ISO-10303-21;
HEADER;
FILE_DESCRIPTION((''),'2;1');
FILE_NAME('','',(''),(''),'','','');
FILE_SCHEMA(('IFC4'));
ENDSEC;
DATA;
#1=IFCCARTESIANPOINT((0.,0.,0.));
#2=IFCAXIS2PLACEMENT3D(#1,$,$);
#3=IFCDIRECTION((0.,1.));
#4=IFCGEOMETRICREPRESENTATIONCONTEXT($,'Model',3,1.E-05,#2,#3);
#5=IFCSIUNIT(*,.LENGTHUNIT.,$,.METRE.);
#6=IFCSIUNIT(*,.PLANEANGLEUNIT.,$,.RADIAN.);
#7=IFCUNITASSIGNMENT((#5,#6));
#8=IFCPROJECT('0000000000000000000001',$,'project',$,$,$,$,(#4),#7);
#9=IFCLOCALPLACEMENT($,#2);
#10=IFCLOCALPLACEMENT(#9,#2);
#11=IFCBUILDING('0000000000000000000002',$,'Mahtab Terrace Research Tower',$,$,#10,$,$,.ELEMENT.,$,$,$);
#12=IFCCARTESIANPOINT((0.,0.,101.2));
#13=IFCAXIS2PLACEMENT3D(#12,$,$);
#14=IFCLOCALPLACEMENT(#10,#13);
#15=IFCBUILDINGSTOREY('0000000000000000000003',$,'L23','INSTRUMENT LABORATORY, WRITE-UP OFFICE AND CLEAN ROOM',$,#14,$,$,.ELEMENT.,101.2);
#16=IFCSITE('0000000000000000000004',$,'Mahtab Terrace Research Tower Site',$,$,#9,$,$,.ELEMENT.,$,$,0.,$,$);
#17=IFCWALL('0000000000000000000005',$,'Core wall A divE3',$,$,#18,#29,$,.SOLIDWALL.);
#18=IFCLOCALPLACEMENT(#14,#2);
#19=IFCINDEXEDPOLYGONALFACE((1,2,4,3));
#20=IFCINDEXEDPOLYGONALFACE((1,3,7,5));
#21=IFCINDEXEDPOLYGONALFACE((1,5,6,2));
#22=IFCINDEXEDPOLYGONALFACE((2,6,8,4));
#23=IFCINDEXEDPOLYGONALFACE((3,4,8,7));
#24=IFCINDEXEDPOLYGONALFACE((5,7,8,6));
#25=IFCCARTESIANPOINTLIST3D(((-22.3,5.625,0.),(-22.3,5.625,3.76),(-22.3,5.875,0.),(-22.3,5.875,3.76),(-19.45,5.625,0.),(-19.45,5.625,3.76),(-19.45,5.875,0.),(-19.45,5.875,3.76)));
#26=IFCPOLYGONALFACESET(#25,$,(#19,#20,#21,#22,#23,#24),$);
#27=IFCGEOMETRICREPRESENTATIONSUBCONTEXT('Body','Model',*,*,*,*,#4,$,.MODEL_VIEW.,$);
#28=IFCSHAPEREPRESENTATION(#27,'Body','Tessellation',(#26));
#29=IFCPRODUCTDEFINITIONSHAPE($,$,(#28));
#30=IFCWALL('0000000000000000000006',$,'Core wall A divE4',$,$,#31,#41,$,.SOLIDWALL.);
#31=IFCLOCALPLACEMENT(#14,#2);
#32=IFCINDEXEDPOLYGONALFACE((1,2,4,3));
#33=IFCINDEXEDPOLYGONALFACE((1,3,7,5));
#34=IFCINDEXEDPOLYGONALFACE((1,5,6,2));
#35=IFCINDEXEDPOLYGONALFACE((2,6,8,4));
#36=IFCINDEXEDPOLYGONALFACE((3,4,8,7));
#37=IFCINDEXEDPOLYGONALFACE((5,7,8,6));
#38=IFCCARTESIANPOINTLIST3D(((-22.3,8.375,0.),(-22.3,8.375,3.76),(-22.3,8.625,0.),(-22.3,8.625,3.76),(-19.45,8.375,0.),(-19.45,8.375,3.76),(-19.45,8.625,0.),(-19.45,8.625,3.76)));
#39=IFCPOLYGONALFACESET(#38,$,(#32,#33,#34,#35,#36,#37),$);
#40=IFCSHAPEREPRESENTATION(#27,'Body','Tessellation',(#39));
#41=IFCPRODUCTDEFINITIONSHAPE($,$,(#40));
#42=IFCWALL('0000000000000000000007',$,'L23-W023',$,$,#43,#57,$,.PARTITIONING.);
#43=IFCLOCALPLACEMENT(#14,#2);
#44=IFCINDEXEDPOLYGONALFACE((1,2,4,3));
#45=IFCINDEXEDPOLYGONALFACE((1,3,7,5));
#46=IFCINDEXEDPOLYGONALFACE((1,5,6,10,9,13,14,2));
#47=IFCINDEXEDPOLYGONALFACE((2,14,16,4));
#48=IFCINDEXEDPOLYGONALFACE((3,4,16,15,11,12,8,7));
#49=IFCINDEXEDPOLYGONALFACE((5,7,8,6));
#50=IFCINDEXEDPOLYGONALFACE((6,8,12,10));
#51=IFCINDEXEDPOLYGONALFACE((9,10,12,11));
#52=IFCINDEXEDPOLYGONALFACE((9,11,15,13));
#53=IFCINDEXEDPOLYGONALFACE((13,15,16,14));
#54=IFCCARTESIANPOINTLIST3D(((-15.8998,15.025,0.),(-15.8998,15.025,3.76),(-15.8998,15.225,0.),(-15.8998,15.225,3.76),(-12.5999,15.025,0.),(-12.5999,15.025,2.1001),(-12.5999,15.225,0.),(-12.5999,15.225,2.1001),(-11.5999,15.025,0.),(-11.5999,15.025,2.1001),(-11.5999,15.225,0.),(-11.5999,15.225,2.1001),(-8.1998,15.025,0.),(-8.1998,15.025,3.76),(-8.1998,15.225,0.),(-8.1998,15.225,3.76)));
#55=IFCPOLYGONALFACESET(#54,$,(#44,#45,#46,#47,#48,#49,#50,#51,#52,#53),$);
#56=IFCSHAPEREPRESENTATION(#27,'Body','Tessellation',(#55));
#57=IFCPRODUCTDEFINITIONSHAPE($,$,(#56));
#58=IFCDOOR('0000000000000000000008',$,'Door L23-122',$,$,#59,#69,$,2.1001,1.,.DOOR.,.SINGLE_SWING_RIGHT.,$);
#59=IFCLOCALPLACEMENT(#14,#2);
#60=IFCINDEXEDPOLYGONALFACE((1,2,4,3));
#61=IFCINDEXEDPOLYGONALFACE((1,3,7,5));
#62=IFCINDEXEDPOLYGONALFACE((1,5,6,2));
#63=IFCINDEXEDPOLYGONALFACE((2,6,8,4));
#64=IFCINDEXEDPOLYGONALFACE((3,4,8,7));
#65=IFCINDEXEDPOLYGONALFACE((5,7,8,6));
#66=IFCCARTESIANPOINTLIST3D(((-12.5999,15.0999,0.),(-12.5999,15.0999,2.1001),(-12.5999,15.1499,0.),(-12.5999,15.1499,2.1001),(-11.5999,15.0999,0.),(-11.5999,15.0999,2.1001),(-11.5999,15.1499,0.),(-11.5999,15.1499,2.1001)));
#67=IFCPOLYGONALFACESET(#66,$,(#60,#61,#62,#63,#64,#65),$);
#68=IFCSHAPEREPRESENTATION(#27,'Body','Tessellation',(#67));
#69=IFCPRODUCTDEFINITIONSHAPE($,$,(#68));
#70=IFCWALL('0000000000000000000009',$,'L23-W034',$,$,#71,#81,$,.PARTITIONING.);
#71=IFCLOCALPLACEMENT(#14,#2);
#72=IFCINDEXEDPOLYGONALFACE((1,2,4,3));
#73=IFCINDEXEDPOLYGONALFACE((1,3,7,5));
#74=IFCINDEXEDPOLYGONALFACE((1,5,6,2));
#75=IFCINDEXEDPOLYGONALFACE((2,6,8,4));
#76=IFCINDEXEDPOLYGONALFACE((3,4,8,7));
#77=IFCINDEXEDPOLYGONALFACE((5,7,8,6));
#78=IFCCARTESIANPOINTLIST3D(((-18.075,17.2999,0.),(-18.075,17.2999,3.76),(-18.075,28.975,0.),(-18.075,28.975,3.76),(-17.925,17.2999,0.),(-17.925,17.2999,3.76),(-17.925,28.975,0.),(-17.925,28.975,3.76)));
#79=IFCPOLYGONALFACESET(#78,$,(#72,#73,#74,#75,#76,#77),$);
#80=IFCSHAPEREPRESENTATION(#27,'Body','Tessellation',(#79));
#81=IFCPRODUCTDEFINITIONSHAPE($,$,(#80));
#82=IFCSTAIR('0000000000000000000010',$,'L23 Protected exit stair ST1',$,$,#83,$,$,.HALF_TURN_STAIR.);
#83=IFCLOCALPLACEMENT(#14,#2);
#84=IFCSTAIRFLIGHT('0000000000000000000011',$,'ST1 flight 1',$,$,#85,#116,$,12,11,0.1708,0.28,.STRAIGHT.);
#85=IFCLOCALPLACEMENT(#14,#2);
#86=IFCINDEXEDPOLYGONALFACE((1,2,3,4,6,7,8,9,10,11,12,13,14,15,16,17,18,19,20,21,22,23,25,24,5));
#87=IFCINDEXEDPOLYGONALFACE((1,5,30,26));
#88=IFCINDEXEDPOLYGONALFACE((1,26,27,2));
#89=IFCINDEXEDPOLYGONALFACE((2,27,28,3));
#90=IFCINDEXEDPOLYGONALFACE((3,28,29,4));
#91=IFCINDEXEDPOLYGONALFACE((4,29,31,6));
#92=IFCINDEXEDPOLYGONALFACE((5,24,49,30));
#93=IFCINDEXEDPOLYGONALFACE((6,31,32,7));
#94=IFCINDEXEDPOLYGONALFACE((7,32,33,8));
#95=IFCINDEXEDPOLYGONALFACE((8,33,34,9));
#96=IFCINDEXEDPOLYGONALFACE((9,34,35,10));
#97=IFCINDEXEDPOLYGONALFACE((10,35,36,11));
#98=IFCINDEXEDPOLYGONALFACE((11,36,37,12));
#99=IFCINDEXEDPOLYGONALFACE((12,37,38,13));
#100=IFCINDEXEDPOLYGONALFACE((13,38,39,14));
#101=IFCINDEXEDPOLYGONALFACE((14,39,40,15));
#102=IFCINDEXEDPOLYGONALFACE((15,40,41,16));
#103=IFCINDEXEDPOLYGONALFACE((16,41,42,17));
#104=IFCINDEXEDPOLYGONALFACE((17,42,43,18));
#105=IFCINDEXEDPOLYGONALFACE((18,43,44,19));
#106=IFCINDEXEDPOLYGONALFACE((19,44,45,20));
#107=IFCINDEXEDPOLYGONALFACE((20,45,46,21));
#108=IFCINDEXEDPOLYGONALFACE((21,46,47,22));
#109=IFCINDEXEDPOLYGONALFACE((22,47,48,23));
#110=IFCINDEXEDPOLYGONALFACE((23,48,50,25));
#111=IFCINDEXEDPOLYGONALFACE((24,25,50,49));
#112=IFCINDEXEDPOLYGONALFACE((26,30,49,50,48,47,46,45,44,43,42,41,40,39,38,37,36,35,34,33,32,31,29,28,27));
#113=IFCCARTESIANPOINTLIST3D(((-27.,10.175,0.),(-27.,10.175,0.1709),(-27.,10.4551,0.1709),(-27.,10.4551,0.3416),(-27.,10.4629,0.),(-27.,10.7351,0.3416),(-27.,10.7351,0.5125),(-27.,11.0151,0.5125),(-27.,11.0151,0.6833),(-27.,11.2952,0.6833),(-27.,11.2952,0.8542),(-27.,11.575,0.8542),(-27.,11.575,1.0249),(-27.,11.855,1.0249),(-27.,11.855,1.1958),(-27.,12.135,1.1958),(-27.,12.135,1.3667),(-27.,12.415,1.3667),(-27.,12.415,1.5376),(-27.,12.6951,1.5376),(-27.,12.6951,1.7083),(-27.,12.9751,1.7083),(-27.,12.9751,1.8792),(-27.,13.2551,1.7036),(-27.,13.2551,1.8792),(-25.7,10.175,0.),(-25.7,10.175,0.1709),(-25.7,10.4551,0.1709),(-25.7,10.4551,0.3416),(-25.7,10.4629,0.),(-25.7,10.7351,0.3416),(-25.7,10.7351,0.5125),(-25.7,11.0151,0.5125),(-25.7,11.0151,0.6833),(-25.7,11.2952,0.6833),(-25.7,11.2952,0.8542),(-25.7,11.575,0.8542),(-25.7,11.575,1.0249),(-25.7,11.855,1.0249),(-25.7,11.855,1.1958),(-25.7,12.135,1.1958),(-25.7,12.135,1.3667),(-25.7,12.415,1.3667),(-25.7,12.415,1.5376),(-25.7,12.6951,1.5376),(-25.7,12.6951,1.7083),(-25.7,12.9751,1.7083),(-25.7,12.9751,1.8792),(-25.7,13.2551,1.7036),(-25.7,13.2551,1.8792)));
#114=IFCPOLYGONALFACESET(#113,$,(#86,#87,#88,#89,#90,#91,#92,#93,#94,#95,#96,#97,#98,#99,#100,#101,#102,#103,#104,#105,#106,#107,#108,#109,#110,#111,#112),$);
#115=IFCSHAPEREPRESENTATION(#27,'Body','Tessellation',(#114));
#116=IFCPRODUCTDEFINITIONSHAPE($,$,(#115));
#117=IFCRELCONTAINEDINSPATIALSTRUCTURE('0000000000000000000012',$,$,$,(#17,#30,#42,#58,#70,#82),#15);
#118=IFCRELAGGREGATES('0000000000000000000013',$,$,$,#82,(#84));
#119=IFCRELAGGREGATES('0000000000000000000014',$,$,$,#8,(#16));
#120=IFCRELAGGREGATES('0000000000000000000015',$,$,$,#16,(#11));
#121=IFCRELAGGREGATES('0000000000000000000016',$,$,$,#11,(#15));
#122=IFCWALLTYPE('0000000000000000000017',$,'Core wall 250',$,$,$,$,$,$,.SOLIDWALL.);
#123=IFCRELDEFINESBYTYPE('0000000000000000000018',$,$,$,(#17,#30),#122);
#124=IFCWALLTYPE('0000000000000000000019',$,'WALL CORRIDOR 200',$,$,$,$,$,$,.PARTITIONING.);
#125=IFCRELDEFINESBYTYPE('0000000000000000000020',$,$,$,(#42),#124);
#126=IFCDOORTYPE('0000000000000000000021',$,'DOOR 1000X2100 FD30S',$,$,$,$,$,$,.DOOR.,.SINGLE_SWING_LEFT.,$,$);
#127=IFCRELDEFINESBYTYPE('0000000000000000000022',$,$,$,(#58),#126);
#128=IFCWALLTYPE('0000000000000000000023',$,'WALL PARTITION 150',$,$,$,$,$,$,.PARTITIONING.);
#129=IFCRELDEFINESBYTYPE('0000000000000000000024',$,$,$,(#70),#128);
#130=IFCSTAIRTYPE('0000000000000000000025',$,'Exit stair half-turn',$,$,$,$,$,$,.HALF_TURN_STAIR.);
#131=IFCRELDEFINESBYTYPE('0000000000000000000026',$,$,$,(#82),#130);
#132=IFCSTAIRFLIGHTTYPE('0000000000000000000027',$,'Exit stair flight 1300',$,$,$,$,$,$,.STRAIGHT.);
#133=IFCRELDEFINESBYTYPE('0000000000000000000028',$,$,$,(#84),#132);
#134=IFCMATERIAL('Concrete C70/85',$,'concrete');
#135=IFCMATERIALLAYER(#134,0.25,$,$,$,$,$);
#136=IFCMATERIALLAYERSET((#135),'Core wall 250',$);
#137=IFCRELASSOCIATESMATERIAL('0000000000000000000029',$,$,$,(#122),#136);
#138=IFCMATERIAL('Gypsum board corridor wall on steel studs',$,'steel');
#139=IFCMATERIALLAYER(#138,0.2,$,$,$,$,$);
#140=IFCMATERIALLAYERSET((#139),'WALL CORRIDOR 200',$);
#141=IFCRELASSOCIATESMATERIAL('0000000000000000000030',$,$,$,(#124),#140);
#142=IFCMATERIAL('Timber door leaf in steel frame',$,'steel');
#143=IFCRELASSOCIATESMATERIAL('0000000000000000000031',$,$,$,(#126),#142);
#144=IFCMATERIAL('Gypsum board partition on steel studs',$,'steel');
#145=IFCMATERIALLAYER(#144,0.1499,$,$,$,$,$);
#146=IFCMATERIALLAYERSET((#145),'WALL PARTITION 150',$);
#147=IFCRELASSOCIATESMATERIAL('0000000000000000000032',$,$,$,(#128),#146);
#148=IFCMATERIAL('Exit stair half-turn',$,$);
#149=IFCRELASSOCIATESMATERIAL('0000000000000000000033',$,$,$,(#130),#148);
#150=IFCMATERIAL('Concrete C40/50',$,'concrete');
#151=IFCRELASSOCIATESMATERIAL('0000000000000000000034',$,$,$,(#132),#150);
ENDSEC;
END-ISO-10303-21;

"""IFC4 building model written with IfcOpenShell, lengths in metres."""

from ifc_helpers import new_model, si_unit, direction, frame, frame_2d, origin, place, context, subcontext, project, spatial, polyline, rectangle, outline, extrude, material, layer, layer_set, type_object, element, fill, aggregate, save


model = new_model("IFC4")

# Units and contexts
model_context = context("Model", 3, precision=1e-05, world=origin(), true_north=direction((0.0, 1.0)))
body_context = subcontext(model_context, "Body", "Model", "MODEL_VIEW")
ifc_project = project(units=[si_unit("LENGTHUNIT", "METRE"), si_unit("PLANEANGLEUNIT", "RADIAN")], contexts=[model_context])

# Site, building, storey
site_placement = place(None, origin())
site = spatial("IfcSite", under=ifc_project, at=site_placement, Name="Mahtab Terrace Research Tower Site", CompositionType="ELEMENT", RefElevation=0.0)
building_placement = place(site_placement, origin())
building = spatial("IfcBuilding", under=site, at=building_placement, Name="Mahtab Terrace Research Tower", CompositionType="ELEMENT")
storey_placement = place(building_placement, frame((0.0, 0.0, 101.2)))
storey = spatial("IfcBuildingStorey", under=building, at=storey_placement, Name="L23", Description="INSTRUMENT LABORATORY, WRITE-UP OFFICE AND CLEAN ROOM", CompositionType="ELEMENT", Elevation=101.2)

# Shared definitions
ifc_material_1 = material(Name="Concrete C70/85", Category="concrete")

# Shared definitions
ifc_layer_1 = layer(ifc_material_1, 0.25)
ifc_layer_set_1 = layer_set([ifc_layer_1], Name="Core wall 250")
wall_type_1 = type_object("IfcWallType", Name="Core wall 250", PredefinedType="SOLIDWALL", material=ifc_layer_set_1)

# Walls
for number, where, z_axis, x_axis, name in (
    (1, (-22.3, 5.75, 0.0), (0.0, 0.0, 1.0), (1.0, 0.0, 0.0), "Core wall A divE3"),
    (2, (-22.3, 8.5, 0.0), (0.0, 0.0, 1.0), (1.0, 0.0, 0.0), "Core wall A divE4"),
):
    element("IfcWall", number, at=place(storey_placement, frame(where, z_axis=z_axis, x_axis=x_axis)), inside=storey, type_object=wall_type_1, Name=name, PredefinedType="SOLIDWALL", context=body_context, shape_type="SweptSolid", body=[
        extrude(rectangle(XDim=2.8501, YDim=0.25, at=frame_2d((1.425, 0.0))), origin(), (0.0, 0.0, 1.0), 3.76),
    ])

# Wall, opening, door
ifc_material_2 = material(Name="Gypsum board corridor wall on steel studs", Category="steel")
ifc_layer_2 = layer(ifc_material_2, 0.2)
ifc_layer_set_2 = layer_set([ifc_layer_2], Name="WALL CORRIDOR 200")
wall_type_2 = type_object("IfcWallType", Name="WALL CORRIDOR 200", PredefinedType="PARTITIONING", material=ifc_layer_set_2)
wall_1_placement = place(storey_placement, frame((-15.8999, 15.125, 0.0), z_axis=(0.0, 0.0, 1.0), x_axis=(1.0, 0.0, 0.0)))
wall_1 = element("IfcWall", 3, at=wall_1_placement, inside=storey, type_object=wall_type_2, Name="L23-W023", PredefinedType="PARTITIONING", context=body_context, shape_type="SweptSolid", body=[
    extrude(rectangle(XDim=7.7, YDim=0.2, at=frame_2d((3.8501, 0.0))), origin(), (0.0, 0.0, 1.0), 3.76),
])
opening_1_placement = place(wall_1_placement, frame((3.3, 0.0, 0.0)))
opening_1 = element("IfcOpeningElement", 4, at=opening_1_placement, cuts=wall_1, PredefinedType="OPENING", context=body_context, shape_type="SweptSolid", body=[
    extrude(rectangle(XDim=1.0, YDim=2.1001, at=frame_2d((0.5, 1.05))), frame((0.0, 0.1099, 0.0), z_axis=(0.0, -1.0, 0.0), x_axis=(1.0, 0.0, 0.0)), (0.0, 0.0, 1.0), 0.22),
])
ifc_material_3 = material(Name="Timber door leaf in steel frame", Category="steel")
door_type_1 = type_object("IfcDoorType", Name="DOOR 1000X2100 FD30S", OperationType="SINGLE_SWING_LEFT", PredefinedType="DOOR", material=ifc_material_3)
door_1_placement = place(opening_1_placement, origin())
door_1 = element("IfcDoor", 5, at=door_1_placement, inside=storey, type_object=door_type_1, Name="Door L23-122", OperationType="SINGLE_SWING_RIGHT", OverallHeight=2.1001, OverallWidth=1.0, PredefinedType="DOOR", context=body_context, shape_type="SweptSolid", body=[
    extrude(rectangle(XDim=1.0, YDim=2.1001, at=frame_2d((0.5, 1.05))), frame((0.0, 0.0249, 0.0), z_axis=(0.0, -1.0, 0.0), x_axis=(1.0, 0.0, 0.0)), (0.0, 0.0, 1.0), 0.05),
])
fill(opening_1, door_1)

# Wall
ifc_material_4 = material(Name="Gypsum board partition on steel studs", Category="steel")
ifc_layer_3 = layer(ifc_material_4, 0.1499)
ifc_layer_set_3 = layer_set([ifc_layer_3], Name="WALL PARTITION 150")
wall_type_3 = type_object("IfcWallType", Name="WALL PARTITION 150", PredefinedType="PARTITIONING", material=ifc_layer_set_3)
wall_2_placement = place(storey_placement, frame((-18.0, 17.3, 0.0), z_axis=(0.0, 0.0, 1.0), x_axis=(0.0, 1.0, 0.0)))
element("IfcWall", 6, at=wall_2_placement, inside=storey, type_object=wall_type_3, Name="L23-W034", PredefinedType="PARTITIONING", context=body_context, shape_type="SweptSolid", body=[
    extrude(rectangle(XDim=11.675, YDim=0.1499, at=frame_2d((5.8374, 0.0))), origin(), (0.0, 0.0, 1.0), 3.76),
])

# Stair, stair flight
ifc_material_5 = material(Name="Exit stair half-turn")
stair_type = type_object("IfcStairType", Name="Exit stair half-turn", PredefinedType="HALF_TURN_STAIR", material=ifc_material_5)
stair_placement = place(storey_placement, origin())
stair = element("IfcStair", 7, at=stair_placement, inside=storey, type_object=stair_type, Name="L23 Protected exit stair ST1", PredefinedType="HALF_TURN_STAIR")
ifc_material_6 = material(Name="Concrete C40/50", Category="concrete")
stair_flight_type = type_object("IfcStairFlightType", Name="Exit stair flight 1300", PredefinedType="STRAIGHT", material=ifc_material_6)
stair_flight_placement = place(storey_placement, frame((-26.3501, 10.175, 0.0), z_axis=(0.0, 0.0, 1.0), x_axis=(0.0, 1.0, 0.0)))
stair_flight = element("IfcStairFlight", 8, at=stair_flight_placement, type_object=stair_flight_type, Name="ST1 flight 1", NumberOfRisers=12, NumberOfTreads=11, PredefinedType="STRAIGHT", RiserHeight=0.1708, TreadLength=0.28, context=body_context, shape_type="SweptSolid", body=[
    extrude(outline(polyline([(0.0, 0.0), (0.0, 0.1709), (0.28, 0.1709), (0.28, 0.3416), (0.5601, 0.3416), (0.5601, 0.5125), (0.8401, 0.5125), (0.8401, 0.6833), (1.1201, 0.6833), (1.1201, 0.8542), (1.3999, 0.8542), (1.3999, 1.0249), (1.6799, 1.0249), (1.6799, 1.1958), (1.96, 1.1958), (1.96, 1.3667), (2.24, 1.3667), (2.24, 1.5376), (2.52, 1.5376), (2.52, 1.7083), (2.8, 1.7083), (2.8, 1.8792), (3.0801, 1.8792), (3.0801, 2.05), (3.0801, 1.7036), (0.2878, 0.0), (0.0, 0.0)])), frame((0.0, 0.6499, 0.0), z_axis=(0.0, -1.0, 0.0), x_axis=(1.0, 0.0, 0.0)), (0.0, 0.0, 1.0), 1.3),
])
aggregate(stair, [stair_flight])

save(model, "model.ifc")
